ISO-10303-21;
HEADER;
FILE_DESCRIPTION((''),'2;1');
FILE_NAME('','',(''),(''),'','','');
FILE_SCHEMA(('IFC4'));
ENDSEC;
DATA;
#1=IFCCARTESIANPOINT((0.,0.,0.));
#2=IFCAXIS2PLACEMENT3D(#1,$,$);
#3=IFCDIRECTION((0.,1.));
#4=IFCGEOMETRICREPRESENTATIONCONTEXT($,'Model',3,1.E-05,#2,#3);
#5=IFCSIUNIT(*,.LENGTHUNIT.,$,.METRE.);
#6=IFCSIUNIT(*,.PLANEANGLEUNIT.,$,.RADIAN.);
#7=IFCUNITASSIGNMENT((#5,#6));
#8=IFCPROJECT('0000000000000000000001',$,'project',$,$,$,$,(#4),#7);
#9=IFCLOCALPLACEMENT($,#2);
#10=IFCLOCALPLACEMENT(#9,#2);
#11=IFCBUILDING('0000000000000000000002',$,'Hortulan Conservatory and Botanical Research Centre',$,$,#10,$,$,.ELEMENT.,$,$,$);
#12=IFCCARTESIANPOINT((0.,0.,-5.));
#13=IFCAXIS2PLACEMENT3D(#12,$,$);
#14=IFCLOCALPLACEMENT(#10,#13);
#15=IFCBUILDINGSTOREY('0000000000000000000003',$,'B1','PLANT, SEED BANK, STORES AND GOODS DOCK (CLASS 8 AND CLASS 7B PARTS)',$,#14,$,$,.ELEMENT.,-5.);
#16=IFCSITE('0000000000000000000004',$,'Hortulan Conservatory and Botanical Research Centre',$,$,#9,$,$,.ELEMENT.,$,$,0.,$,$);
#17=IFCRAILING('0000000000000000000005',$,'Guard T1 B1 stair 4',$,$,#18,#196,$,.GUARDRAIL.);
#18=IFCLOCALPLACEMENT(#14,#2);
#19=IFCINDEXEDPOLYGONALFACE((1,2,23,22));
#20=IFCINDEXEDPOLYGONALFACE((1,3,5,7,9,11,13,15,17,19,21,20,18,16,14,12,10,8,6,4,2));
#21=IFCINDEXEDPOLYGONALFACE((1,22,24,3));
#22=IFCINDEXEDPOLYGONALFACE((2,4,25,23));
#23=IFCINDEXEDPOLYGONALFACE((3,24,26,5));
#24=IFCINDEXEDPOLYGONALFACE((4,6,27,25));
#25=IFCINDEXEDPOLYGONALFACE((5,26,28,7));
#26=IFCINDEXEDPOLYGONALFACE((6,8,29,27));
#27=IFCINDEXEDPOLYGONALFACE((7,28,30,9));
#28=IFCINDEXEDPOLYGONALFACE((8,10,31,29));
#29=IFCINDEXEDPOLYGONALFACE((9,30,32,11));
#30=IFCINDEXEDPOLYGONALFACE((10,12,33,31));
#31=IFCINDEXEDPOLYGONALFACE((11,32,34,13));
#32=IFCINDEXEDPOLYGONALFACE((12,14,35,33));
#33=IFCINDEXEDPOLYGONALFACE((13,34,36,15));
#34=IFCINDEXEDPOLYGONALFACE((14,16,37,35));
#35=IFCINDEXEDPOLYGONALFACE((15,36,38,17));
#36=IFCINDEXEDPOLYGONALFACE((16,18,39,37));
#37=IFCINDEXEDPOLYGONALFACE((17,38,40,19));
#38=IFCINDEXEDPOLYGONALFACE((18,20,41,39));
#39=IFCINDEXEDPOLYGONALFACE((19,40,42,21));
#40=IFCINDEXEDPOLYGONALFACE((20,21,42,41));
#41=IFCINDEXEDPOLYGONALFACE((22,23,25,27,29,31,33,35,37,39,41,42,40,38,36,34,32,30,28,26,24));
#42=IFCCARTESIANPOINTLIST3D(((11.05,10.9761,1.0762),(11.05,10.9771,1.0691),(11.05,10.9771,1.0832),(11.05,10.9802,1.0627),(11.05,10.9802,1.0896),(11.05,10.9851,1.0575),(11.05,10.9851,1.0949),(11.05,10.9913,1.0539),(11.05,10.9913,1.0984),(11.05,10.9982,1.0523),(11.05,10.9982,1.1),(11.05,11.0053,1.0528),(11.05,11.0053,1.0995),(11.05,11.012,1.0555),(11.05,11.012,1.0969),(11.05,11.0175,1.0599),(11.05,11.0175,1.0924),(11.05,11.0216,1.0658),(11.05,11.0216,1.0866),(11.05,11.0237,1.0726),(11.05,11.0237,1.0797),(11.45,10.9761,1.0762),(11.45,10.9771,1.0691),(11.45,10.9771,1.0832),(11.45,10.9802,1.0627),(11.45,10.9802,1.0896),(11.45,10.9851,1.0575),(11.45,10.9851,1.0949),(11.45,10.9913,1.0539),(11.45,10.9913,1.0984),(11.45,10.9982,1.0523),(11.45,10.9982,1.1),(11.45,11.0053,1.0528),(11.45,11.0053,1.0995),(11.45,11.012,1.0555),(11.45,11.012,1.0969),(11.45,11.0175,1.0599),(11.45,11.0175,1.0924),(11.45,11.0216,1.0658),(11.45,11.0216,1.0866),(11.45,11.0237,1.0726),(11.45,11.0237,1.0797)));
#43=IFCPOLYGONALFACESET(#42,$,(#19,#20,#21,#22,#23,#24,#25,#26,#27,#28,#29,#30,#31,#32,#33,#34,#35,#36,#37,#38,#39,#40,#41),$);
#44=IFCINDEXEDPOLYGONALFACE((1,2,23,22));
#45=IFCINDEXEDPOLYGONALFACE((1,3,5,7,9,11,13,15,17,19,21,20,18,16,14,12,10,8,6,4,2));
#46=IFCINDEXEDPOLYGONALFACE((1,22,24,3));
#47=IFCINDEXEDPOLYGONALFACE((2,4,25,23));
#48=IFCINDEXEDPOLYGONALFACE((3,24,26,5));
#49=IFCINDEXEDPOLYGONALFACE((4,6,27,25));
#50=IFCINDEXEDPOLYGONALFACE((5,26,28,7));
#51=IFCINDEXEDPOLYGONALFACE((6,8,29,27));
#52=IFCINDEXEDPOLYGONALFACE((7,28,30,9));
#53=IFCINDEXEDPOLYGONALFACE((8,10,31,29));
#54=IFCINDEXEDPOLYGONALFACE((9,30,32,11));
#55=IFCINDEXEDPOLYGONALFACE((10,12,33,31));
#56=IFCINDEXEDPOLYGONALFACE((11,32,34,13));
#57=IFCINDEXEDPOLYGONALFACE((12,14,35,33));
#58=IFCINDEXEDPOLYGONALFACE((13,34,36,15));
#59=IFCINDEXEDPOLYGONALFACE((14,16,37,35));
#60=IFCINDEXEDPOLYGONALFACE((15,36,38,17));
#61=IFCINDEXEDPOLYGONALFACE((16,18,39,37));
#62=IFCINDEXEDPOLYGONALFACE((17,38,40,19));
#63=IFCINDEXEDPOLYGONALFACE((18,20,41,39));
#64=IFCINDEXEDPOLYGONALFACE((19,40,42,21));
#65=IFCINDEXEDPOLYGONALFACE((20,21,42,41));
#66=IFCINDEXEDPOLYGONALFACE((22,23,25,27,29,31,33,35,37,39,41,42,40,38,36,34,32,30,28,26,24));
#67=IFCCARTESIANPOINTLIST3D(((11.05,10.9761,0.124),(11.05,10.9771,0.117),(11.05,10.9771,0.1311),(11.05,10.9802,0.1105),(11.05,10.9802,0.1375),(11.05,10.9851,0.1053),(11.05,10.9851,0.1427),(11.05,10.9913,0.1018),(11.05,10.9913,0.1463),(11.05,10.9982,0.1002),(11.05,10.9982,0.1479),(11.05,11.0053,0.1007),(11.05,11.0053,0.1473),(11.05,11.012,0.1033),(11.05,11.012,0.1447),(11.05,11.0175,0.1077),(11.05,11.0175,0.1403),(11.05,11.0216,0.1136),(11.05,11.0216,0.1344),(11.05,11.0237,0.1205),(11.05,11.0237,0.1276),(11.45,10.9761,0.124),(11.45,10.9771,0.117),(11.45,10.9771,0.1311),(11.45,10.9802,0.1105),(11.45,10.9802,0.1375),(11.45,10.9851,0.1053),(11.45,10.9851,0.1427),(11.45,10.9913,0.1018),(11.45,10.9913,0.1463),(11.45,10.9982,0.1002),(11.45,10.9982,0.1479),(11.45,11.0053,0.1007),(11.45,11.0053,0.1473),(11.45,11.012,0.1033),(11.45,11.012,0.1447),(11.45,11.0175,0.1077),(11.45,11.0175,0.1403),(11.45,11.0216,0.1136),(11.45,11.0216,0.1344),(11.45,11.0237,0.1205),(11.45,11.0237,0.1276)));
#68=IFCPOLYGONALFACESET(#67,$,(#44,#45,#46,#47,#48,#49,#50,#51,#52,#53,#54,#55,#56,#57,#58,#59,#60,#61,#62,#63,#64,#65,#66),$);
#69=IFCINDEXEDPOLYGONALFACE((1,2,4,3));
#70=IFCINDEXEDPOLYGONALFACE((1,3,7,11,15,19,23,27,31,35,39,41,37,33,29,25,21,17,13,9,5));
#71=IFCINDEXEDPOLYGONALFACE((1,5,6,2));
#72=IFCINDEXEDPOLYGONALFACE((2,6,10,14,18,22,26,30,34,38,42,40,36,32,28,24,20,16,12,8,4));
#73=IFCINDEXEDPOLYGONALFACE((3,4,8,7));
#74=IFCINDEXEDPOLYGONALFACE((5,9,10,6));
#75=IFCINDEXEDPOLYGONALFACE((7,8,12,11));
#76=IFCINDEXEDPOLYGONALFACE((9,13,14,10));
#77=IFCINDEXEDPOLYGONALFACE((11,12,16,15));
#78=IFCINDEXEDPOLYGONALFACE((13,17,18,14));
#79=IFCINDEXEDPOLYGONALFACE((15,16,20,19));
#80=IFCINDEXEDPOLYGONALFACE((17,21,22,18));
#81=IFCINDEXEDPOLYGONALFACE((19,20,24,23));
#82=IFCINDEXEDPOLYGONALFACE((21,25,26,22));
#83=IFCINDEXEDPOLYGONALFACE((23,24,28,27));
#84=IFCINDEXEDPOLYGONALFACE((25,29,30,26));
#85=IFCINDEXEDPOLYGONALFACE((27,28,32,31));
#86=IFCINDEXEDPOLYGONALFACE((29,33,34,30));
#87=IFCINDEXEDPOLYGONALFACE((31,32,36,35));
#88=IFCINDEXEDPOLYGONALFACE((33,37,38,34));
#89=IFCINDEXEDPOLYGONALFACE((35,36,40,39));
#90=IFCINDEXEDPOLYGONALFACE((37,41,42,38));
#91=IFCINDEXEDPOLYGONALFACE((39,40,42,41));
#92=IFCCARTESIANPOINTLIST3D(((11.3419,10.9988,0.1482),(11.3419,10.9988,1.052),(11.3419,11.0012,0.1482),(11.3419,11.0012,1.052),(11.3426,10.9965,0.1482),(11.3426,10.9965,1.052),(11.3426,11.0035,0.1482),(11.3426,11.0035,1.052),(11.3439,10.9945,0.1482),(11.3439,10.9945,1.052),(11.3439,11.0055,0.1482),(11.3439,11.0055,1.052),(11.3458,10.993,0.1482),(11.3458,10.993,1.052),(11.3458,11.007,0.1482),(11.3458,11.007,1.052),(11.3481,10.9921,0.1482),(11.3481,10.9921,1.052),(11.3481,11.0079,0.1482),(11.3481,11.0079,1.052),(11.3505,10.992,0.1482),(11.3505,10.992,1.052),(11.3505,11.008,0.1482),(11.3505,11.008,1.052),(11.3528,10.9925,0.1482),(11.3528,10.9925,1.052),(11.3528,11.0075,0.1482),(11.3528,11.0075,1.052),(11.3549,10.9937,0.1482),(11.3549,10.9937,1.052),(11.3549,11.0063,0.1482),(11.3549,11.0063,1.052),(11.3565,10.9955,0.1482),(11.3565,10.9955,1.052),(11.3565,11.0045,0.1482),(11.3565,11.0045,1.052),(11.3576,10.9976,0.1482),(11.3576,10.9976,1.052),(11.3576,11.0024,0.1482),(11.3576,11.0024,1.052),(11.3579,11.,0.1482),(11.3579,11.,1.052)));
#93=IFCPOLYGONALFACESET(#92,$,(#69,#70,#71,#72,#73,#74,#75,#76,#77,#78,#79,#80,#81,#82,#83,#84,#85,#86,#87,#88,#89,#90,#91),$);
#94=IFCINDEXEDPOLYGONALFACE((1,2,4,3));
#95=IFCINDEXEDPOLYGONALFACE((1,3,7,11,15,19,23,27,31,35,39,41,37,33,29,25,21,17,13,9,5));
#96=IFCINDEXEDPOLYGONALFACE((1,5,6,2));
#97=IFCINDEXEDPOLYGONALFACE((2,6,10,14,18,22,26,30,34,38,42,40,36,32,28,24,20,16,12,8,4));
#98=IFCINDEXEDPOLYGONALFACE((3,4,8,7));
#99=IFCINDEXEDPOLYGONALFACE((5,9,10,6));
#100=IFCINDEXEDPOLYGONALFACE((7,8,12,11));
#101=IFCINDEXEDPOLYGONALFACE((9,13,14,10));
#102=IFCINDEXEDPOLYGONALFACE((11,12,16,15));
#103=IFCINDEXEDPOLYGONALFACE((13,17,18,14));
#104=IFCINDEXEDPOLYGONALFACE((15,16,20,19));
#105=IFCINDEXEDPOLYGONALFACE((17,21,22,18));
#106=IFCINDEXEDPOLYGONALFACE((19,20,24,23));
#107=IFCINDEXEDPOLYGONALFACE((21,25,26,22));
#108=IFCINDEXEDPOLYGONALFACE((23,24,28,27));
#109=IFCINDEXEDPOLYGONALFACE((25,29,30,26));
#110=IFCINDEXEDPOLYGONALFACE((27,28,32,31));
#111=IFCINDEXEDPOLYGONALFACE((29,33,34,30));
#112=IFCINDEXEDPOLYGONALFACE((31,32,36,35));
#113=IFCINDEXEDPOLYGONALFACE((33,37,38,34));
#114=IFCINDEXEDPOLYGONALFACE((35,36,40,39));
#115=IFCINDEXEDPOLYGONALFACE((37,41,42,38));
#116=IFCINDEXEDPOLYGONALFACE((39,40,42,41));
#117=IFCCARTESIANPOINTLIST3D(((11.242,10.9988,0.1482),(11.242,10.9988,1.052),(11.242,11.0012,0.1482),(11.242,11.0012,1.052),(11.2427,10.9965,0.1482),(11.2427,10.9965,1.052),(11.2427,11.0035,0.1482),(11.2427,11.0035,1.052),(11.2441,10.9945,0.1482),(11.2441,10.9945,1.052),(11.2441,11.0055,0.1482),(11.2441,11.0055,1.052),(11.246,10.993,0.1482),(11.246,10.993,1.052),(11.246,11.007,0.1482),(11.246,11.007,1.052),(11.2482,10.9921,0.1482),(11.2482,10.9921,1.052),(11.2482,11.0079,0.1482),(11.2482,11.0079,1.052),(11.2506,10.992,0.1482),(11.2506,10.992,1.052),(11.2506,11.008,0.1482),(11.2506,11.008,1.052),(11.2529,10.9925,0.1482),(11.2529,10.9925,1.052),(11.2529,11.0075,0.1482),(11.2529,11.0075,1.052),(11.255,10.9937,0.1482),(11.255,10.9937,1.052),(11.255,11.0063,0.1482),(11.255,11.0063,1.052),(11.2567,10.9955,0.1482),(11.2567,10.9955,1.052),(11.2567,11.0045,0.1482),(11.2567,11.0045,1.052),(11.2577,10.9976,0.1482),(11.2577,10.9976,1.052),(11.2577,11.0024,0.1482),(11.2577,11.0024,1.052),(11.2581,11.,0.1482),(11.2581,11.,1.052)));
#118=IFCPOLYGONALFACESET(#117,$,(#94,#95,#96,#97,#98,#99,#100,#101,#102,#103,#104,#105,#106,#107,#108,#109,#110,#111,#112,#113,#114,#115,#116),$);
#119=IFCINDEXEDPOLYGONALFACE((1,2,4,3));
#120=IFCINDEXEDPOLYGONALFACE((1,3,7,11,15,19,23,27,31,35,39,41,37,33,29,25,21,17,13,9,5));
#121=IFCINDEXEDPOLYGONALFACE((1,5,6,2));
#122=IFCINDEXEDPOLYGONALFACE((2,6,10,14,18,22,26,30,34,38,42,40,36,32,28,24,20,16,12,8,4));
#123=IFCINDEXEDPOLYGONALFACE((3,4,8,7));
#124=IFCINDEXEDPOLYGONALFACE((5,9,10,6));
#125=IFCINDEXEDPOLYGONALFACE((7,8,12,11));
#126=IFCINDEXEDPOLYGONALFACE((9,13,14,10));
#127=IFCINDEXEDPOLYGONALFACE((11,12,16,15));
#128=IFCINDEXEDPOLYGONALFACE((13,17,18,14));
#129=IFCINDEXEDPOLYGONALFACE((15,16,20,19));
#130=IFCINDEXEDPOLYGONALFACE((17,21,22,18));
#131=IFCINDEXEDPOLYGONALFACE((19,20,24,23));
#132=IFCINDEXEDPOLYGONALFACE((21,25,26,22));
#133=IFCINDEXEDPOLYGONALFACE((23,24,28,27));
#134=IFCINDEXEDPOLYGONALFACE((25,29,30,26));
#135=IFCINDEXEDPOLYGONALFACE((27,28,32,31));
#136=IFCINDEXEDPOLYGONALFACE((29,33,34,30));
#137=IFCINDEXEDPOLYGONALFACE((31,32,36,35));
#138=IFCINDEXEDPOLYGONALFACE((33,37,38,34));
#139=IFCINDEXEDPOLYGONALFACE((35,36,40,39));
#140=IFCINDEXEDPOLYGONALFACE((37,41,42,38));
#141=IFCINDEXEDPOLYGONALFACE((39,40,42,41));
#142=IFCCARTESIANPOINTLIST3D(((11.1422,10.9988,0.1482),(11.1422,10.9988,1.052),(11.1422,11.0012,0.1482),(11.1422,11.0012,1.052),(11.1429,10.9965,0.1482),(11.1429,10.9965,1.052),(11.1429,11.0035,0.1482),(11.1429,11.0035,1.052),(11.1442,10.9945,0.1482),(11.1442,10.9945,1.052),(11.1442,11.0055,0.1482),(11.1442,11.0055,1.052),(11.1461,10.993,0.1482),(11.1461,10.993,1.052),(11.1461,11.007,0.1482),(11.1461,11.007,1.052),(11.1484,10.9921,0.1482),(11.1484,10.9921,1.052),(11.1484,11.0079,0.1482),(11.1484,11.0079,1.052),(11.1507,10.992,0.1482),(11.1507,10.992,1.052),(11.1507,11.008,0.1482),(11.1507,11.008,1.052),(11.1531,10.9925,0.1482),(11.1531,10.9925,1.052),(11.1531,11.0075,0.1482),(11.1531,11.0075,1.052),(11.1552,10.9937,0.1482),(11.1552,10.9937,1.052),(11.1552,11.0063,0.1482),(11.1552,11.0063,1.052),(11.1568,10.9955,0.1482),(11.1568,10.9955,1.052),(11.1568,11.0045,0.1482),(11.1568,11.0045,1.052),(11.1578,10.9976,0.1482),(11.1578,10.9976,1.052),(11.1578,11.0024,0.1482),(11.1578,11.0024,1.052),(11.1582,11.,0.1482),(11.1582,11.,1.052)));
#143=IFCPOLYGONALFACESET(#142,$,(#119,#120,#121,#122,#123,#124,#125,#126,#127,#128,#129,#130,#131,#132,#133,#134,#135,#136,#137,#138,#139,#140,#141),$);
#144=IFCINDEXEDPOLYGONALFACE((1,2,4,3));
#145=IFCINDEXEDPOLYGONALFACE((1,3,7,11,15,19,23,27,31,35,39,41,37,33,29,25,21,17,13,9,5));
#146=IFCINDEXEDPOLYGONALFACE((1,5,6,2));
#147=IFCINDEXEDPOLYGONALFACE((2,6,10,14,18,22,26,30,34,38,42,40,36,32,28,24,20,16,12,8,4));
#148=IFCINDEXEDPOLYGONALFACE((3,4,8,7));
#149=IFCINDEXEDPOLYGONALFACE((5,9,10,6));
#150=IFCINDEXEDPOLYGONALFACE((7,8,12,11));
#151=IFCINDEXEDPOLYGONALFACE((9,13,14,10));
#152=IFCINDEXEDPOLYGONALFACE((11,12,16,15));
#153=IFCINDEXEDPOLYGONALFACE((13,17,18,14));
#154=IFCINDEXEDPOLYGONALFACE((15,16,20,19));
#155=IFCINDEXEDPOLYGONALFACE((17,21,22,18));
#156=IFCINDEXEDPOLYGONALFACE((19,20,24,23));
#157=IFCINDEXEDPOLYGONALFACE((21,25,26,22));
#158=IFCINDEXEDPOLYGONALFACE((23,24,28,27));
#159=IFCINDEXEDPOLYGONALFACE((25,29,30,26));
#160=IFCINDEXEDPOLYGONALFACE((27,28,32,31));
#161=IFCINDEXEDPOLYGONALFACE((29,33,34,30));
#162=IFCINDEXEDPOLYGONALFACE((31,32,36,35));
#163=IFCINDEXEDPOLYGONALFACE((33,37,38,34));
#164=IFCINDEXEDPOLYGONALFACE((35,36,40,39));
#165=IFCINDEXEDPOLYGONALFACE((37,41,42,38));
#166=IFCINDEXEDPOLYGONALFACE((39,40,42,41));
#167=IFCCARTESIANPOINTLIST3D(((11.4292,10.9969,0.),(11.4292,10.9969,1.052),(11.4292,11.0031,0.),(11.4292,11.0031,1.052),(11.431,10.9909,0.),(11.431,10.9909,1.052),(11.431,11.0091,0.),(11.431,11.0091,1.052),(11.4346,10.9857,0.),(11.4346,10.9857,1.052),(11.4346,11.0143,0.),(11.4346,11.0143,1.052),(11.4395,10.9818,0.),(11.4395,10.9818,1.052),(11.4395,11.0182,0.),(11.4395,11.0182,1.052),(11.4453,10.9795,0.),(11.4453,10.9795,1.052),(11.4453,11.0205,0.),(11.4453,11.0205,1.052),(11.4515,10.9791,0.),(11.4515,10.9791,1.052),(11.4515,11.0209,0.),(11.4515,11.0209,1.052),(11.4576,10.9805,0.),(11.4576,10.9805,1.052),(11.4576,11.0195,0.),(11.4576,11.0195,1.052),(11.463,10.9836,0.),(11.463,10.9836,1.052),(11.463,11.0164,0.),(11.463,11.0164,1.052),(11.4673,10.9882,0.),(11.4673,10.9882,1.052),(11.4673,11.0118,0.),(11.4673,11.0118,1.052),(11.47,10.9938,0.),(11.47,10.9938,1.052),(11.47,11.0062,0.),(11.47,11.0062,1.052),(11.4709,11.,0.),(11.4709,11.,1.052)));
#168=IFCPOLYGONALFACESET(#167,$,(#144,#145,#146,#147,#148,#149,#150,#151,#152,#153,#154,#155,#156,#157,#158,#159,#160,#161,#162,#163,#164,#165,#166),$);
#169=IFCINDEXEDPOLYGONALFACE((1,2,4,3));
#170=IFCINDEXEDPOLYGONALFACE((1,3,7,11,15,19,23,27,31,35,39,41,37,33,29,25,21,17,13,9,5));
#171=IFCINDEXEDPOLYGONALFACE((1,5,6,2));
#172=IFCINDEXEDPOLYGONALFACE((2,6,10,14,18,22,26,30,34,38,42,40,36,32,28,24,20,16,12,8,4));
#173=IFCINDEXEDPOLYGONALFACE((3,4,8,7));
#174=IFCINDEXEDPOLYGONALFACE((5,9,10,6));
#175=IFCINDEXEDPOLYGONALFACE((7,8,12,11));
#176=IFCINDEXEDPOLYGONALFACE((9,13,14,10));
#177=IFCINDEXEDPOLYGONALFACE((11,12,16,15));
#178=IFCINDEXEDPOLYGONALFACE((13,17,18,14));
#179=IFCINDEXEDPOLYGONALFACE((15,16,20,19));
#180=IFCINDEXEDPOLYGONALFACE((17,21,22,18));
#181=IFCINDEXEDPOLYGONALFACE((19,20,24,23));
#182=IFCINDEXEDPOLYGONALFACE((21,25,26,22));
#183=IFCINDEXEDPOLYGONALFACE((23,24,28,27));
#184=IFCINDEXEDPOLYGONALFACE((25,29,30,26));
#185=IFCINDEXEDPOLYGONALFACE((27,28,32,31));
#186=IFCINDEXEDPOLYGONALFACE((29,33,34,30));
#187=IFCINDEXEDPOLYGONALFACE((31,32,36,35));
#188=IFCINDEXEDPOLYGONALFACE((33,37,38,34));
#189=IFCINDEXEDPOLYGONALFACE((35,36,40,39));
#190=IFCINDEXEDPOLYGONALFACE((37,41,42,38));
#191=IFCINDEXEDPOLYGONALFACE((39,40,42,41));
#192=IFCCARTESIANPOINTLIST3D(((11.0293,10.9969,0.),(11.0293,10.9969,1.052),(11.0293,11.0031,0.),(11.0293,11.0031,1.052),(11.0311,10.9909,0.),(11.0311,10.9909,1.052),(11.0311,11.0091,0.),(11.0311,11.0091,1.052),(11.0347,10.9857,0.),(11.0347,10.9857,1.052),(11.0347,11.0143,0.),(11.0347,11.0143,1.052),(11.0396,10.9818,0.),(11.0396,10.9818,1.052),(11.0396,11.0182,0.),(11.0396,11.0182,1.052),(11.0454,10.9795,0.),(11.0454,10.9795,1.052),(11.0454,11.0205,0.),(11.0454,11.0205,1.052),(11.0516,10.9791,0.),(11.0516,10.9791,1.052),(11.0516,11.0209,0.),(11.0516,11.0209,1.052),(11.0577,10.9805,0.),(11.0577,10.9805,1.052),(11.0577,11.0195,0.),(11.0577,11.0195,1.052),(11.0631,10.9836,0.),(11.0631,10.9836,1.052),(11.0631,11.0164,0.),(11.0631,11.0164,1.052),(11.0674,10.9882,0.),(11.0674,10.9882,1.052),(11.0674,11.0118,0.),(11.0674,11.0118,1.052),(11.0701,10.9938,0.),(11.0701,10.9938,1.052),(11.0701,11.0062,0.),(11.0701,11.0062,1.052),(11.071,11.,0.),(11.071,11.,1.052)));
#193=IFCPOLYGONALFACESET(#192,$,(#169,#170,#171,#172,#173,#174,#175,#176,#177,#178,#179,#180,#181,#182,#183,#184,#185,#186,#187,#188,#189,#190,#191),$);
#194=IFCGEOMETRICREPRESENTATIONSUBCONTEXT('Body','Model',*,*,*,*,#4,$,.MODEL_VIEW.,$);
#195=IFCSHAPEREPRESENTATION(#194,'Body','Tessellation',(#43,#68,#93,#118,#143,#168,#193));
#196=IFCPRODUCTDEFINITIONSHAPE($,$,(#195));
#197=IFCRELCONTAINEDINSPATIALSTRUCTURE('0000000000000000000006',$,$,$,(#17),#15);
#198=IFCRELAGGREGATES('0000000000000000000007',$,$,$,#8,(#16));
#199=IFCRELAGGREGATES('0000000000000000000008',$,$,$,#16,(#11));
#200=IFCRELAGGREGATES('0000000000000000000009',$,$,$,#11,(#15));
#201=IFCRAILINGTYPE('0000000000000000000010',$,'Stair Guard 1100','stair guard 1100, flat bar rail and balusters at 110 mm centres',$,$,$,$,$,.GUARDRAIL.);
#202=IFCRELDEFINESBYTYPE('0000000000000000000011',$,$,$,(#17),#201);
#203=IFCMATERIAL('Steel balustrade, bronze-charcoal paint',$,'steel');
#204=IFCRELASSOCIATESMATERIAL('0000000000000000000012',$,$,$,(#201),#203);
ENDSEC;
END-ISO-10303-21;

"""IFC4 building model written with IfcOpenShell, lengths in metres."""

from ifc_helpers import new_model, si_unit, direction, frame, origin, origin_2d, place, context, subcontext, project, spatial, circle, extrude, material, type_object, element, save


model = new_model("IFC4")

# Units and contexts
model_context = context("Model", 3, precision=1e-05, world=origin(), true_north=direction((0.0, 1.0)))
body_context = subcontext(model_context, "Body", "Model", "MODEL_VIEW")
ifc_project = project(units=[si_unit("LENGTHUNIT", "METRE"), si_unit("PLANEANGLEUNIT", "RADIAN")], contexts=[model_context])

# Site, building, storey
site_placement = place(None, origin())
site = spatial("IfcSite", under=ifc_project, at=site_placement, Name="Hortulan Conservatory and Botanical Research Centre", CompositionType="ELEMENT", RefElevation=0.0)
building_placement = place(site_placement, origin())
building = spatial("IfcBuilding", under=site, at=building_placement, Name="Hortulan Conservatory and Botanical Research Centre", CompositionType="ELEMENT")
storey_placement = place(building_placement, frame((0.0, 0.0, -5.0)))
storey = spatial("IfcBuildingStorey", under=building, at=storey_placement, Name="B1", Description="PLANT, SEED BANK, STORES AND GOODS DOCK (CLASS 8 AND CLASS 7B PARTS)", CompositionType="ELEMENT", Elevation=-5.0)

# Railing
ifc_material_1 = material(Name="Steel balustrade, bronze-charcoal paint", Category="steel")
railing_type_1 = type_object("IfcRailingType", Name="Stair Guard 1100", Description="stair guard 1100, flat bar rail and balusters at 110 mm centres", PredefinedType="GUARDRAIL", material=ifc_material_1)
railing_1_placement = place(storey_placement, frame((11.45, 11.0, 0.0)))
element("IfcRailing", 1, at=railing_1_placement, inside=storey, type_object=railing_type_1, Name="Guard T1 B1 stair 4", PredefinedType="GUARDRAIL", context=body_context, shape_type="SweptSolid", body=[
    extrude(circle(Radius=0.0239, at=origin_2d()), frame((0.0, 0.0, 1.0762), z_axis=(-1.0, 0.0, 0.0), x_axis=(0.0, -1.0, 0.0)), (0.0, 0.0, 1.0), 0.3999),
    extrude(circle(Radius=0.0239, at=origin_2d()), frame((0.0, 0.0, 0.124), z_axis=(-1.0, 0.0, 0.0), x_axis=(0.0, -1.0, 0.0)), (0.0, 0.0, 1.0), 0.3999),
    extrude(circle(Radius=0.0081, at=origin_2d()), frame((-0.1001, 0.0, 0.1482)), (0.0, 0.0, 1.0), 0.9038),
    extrude(circle(Radius=0.0081, at=origin_2d()), frame((-0.2, 0.0, 0.1482)), (0.0, 0.0, 1.0), 0.9038),
    extrude(circle(Radius=0.0081, at=origin_2d()), frame((-0.2998, 0.0, 0.1482)), (0.0, 0.0, 1.0), 0.9038),
    extrude(circle(Radius=0.021, at=origin_2d()), origin(), (0.0, 0.0, 1.0), 1.052),
    extrude(circle(Radius=0.021, at=origin_2d()), frame((-0.3999, 0.0, 0.0)), (0.0, 0.0, 1.0), 1.052),
])

save(model, "model.ifc")
